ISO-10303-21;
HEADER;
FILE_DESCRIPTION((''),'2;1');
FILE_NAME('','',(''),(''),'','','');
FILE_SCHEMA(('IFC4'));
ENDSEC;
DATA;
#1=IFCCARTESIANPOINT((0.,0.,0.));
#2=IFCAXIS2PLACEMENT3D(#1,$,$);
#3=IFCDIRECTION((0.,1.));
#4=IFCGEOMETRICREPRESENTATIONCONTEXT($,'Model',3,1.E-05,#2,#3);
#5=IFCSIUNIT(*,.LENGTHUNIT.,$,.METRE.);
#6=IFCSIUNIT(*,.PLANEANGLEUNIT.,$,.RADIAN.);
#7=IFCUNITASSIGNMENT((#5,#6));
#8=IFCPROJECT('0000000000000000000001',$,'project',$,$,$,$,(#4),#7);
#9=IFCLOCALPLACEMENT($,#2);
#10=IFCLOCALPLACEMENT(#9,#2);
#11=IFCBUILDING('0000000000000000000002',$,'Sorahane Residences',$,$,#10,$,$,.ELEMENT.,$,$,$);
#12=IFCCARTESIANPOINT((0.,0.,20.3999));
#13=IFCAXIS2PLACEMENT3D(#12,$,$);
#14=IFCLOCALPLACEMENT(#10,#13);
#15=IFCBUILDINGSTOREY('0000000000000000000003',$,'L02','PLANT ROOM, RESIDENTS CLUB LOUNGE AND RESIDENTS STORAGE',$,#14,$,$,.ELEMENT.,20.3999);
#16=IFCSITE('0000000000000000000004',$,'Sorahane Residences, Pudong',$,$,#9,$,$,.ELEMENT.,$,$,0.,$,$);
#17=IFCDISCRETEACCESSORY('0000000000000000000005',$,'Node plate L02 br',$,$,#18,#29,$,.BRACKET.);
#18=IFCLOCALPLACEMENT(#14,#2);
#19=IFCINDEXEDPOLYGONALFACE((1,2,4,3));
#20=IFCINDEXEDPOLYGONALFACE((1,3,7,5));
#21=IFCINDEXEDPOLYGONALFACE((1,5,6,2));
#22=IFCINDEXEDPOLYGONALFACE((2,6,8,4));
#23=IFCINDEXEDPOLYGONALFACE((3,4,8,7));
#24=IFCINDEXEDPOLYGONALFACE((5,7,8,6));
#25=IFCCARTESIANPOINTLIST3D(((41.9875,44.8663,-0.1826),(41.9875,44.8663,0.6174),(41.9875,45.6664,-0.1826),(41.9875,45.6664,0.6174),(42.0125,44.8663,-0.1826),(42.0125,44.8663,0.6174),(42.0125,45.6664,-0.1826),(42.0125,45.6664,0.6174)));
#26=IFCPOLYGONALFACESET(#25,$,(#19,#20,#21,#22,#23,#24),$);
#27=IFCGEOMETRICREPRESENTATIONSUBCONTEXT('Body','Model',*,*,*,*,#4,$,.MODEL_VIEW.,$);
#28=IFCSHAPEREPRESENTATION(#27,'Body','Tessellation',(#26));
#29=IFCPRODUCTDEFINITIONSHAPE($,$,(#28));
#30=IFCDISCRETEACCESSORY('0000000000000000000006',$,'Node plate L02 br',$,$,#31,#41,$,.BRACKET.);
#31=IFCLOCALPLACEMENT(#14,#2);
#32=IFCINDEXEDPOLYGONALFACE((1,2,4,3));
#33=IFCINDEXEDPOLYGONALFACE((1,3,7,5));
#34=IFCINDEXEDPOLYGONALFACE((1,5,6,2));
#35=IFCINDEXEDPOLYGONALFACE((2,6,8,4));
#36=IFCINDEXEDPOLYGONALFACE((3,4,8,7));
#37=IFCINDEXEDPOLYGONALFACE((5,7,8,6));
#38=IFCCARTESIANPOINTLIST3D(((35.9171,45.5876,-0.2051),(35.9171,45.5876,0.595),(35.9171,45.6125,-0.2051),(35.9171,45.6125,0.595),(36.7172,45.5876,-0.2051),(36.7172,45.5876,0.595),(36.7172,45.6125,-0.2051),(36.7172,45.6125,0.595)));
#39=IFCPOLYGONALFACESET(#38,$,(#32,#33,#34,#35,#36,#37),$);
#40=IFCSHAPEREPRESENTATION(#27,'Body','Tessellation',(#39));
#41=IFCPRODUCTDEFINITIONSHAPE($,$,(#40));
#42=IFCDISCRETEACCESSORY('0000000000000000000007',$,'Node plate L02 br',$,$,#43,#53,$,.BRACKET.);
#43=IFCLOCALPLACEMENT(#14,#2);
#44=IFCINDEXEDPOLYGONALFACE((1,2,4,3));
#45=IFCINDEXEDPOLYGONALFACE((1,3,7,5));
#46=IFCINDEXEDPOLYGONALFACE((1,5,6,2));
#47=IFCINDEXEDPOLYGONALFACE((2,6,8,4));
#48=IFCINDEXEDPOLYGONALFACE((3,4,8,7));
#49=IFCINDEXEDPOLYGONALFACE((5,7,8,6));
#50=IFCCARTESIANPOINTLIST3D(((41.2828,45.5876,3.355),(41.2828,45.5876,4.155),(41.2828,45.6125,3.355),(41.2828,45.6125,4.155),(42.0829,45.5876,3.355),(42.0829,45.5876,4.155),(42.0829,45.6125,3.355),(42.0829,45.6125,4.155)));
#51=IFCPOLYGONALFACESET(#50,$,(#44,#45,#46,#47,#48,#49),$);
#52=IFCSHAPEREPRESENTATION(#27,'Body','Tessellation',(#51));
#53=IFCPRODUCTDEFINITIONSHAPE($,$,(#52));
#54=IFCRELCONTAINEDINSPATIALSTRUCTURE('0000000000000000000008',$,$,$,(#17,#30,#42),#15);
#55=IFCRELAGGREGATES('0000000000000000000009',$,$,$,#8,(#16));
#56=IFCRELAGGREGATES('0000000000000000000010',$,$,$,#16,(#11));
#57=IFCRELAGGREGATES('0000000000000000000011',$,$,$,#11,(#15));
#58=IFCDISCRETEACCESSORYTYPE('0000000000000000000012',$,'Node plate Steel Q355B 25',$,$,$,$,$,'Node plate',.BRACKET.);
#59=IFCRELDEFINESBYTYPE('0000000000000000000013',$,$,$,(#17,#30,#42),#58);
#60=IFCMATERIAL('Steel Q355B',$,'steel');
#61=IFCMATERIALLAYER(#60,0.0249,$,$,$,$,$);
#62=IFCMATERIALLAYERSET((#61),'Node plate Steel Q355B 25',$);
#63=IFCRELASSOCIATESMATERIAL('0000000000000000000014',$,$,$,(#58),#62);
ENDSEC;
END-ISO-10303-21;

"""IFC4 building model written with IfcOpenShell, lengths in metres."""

from ifc_helpers import new_model, si_unit, direction, frame, origin, origin_2d, place, context, subcontext, project, spatial, rectangle, extrude, material, layer, layer_set, type_object, element, save


model = new_model("IFC4")

# Units and contexts
model_context = context("Model", 3, precision=1e-05, world=origin(), true_north=direction((0.0, 1.0)))
body_context = subcontext(model_context, "Body", "Model", "MODEL_VIEW")
ifc_project = project(units=[si_unit("LENGTHUNIT", "METRE"), si_unit("PLANEANGLEUNIT", "RADIAN")], contexts=[model_context])

# Site, building, storey
site_placement = place(None, origin())
site = spatial("IfcSite", under=ifc_project, at=site_placement, Name="Sorahane Residences, Pudong", CompositionType="ELEMENT", RefElevation=0.0)
building_placement = place(site_placement, origin())
building = spatial("IfcBuilding", under=site, at=building_placement, Name="Sorahane Residences", CompositionType="ELEMENT")
storey_placement = place(building_placement, frame((0.0, 0.0, 20.3999)))
storey = spatial("IfcBuildingStorey", under=building, at=storey_placement, Name="L02", Description="PLANT ROOM, RESIDENTS CLUB LOUNGE AND RESIDENTS STORAGE", CompositionType="ELEMENT", Elevation=20.3999)

# Discrete accessories
ifc_material_1 = material(Name="Steel Q355B", Category="steel")
ifc_layer_1 = layer(ifc_material_1, 0.0249)
ifc_layer_set_1 = layer_set([ifc_layer_1], Name="Node plate Steel Q355B 25")
discrete_accessory_type_1 = type_object("IfcDiscreteAccessoryType", Name="Node plate Steel Q355B 25", ElementType="Node plate", PredefinedType="BRACKET", material=ifc_layer_set_1)
for number, where, z_axis, x_axis, name in (
    (1, (42.0, 45.2664, -0.1826), (0.0, 0.0, 1.0), (0.0, 1.0, 0.0), "Node plate L02 br"),
    (2, (36.3171, 45.6001, -0.2051), (0.0, 0.0, 1.0), (1.0, 0.0, 0.0), "Node plate L02 br"),
    (3, (41.6829, 45.6001, 3.355), (0.0, 0.0, 1.0), (1.0, 0.0, 0.0), "Node plate L02 br"),
):
    element("IfcDiscreteAccessory", number, at=place(storey_placement, frame(where, z_axis=z_axis, x_axis=x_axis)), inside=storey, type_object=discrete_accessory_type_1, Name=name, PredefinedType="BRACKET", context=body_context, shape_type="SweptSolid", body=[
        extrude(rectangle(XDim=0.8, YDim=0.0249, at=origin_2d()), origin(), (0.0, 0.0, 1.0), 0.8),
    ])

save(model, "model.ifc")
